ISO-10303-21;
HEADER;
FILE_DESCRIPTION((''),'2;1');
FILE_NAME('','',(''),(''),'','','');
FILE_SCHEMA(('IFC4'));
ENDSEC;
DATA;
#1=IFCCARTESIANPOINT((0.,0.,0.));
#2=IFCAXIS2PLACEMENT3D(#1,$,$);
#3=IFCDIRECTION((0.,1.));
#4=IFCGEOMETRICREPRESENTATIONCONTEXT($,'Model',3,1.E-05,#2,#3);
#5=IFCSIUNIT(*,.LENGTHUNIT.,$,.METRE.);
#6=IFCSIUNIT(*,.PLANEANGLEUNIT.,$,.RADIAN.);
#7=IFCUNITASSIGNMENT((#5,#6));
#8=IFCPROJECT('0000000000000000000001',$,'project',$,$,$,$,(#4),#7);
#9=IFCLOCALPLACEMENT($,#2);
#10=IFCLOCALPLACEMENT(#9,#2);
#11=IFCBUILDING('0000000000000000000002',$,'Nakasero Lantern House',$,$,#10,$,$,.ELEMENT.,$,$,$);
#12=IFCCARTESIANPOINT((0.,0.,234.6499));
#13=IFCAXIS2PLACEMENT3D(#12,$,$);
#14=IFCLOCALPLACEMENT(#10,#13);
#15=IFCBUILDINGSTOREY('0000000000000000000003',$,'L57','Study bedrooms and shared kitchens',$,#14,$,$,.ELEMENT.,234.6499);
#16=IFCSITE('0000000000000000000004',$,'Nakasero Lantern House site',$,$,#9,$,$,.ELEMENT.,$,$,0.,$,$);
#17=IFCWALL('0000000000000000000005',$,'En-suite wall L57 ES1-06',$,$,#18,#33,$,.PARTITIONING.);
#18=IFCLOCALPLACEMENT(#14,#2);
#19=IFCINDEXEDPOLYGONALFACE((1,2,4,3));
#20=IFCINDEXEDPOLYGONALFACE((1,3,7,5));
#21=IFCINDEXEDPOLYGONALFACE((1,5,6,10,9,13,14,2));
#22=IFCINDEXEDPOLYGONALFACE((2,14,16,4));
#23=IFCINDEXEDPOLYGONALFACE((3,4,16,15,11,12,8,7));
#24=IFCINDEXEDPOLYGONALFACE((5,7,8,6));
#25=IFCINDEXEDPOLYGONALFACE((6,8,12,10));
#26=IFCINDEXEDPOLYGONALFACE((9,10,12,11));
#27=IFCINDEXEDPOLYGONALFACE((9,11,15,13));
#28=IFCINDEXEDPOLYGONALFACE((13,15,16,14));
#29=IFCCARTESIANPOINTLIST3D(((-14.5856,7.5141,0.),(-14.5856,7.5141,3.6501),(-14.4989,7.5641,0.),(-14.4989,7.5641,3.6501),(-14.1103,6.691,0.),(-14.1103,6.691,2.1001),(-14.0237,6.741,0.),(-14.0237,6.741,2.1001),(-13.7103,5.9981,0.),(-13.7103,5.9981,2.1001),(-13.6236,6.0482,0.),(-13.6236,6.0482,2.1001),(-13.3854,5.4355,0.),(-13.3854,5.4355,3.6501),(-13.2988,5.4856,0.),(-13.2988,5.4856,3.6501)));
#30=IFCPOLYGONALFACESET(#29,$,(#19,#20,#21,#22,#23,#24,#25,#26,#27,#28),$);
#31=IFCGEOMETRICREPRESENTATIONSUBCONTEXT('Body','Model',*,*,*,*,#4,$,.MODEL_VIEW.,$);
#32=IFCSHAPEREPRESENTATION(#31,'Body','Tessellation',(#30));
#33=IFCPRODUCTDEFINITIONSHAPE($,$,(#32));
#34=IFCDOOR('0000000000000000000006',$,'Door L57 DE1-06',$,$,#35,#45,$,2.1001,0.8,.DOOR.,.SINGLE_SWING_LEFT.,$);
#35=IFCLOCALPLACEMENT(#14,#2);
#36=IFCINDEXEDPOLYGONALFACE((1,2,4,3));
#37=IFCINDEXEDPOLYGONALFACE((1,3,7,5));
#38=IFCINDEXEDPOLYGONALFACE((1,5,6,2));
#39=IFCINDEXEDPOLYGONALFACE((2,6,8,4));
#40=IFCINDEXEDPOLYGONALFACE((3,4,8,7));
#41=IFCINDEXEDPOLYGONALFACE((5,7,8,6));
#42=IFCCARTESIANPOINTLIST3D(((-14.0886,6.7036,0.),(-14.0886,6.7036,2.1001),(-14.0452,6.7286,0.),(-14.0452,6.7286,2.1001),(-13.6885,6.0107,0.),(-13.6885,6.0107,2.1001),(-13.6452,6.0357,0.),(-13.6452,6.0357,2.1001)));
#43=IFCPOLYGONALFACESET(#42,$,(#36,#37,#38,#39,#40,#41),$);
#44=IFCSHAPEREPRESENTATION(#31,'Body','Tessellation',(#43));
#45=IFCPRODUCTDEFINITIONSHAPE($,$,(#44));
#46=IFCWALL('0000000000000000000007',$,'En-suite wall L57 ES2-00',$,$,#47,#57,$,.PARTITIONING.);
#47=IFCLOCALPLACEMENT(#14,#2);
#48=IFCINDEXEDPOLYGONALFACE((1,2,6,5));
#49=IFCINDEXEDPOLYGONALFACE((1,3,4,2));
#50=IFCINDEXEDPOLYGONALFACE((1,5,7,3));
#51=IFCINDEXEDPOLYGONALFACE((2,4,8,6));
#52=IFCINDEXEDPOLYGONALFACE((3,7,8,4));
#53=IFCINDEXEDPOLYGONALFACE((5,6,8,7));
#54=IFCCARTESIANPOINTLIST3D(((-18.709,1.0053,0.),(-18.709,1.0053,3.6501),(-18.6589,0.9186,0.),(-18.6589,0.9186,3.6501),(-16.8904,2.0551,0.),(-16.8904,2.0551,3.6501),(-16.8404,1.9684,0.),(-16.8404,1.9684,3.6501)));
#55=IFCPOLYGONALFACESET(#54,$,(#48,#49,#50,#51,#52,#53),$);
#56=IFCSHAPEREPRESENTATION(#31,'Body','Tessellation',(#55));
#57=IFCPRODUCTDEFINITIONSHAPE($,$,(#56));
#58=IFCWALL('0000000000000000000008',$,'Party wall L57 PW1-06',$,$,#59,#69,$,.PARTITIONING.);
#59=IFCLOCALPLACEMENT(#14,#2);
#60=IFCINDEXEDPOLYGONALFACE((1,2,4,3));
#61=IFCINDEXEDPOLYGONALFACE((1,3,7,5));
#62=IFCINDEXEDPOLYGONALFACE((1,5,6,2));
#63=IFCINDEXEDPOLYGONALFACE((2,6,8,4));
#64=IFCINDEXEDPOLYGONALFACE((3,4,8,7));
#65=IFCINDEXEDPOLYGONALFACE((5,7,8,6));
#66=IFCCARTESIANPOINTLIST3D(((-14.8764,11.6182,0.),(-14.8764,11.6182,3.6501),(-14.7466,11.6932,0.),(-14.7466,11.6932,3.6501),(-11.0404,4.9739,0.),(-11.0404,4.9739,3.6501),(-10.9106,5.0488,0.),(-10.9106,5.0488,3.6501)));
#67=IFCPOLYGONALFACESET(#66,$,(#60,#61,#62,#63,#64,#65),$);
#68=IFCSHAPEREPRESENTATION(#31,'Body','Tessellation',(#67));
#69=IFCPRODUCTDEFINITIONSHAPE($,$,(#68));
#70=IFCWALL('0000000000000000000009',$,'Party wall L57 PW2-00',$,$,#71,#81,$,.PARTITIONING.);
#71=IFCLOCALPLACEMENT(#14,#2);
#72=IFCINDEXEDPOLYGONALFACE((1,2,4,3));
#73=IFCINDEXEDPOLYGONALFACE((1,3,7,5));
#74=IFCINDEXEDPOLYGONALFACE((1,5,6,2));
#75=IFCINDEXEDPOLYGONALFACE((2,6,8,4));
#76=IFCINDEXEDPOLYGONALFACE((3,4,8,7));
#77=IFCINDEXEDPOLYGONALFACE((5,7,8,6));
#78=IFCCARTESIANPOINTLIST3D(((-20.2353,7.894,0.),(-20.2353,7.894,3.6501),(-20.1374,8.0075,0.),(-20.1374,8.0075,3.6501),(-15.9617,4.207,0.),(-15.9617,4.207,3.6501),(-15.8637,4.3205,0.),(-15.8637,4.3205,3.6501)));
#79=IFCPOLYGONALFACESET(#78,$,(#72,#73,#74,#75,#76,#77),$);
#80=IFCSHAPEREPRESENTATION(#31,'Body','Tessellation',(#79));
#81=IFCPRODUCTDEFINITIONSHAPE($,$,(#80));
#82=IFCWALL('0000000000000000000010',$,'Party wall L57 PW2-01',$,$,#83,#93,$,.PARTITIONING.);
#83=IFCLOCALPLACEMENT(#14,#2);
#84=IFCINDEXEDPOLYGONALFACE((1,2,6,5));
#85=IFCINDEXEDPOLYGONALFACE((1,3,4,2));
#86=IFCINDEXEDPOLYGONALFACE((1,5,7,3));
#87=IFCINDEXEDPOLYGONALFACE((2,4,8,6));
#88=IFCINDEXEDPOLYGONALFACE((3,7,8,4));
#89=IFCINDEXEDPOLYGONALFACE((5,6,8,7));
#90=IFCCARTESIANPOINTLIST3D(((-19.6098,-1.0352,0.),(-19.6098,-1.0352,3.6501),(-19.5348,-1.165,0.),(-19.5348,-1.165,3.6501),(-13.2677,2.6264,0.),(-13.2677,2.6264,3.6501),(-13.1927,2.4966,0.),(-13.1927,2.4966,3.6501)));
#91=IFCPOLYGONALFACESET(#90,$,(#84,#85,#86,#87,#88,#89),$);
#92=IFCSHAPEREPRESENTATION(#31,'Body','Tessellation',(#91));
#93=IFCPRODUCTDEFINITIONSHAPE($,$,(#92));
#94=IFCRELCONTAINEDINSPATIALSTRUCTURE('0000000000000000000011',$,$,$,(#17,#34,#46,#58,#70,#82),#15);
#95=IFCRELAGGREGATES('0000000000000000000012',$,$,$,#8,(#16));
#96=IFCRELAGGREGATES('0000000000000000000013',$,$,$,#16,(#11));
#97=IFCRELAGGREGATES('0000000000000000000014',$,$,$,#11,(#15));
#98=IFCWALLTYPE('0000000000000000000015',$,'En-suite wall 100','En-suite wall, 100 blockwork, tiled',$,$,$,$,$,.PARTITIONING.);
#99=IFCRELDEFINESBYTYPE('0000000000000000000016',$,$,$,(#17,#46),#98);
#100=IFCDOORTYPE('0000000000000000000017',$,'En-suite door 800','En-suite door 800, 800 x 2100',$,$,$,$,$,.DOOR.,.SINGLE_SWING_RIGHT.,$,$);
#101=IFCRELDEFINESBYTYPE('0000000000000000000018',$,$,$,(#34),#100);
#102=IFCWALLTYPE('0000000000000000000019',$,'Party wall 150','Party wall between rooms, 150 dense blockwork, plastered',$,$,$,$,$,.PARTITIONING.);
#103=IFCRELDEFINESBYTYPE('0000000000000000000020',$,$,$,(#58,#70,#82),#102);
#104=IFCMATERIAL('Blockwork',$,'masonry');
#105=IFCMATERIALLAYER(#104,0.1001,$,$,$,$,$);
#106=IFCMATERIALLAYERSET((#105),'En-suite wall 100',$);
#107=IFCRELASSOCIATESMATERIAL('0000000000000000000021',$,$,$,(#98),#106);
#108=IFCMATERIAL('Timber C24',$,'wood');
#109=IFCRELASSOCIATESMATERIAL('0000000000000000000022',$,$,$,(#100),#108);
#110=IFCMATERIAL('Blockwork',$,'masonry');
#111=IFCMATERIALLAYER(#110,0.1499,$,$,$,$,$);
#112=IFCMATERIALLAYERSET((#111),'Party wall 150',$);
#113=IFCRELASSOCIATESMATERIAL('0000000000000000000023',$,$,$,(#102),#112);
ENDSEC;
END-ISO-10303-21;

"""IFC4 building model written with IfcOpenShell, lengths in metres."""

from ifc_helpers import new_model, si_unit, direction, frame, frame_2d, origin, place, context, subcontext, project, spatial, rectangle, extrude, material, layer, layer_set, type_object, element, fill, save


model = new_model("IFC4")

# Units and contexts
model_context = context("Model", 3, precision=1e-05, world=origin(), true_north=direction((0.0, 1.0)))
body_context = subcontext(model_context, "Body", "Model", "MODEL_VIEW")
ifc_project = project(units=[si_unit("LENGTHUNIT", "METRE"), si_unit("PLANEANGLEUNIT", "RADIAN")], contexts=[model_context])

# Site, building, storey
site_placement = place(None, origin())
site = spatial("IfcSite", under=ifc_project, at=site_placement, Name="Nakasero Lantern House site", CompositionType="ELEMENT", RefElevation=0.0)
building_placement = place(site_placement, origin())
building = spatial("IfcBuilding", under=site, at=building_placement, Name="Nakasero Lantern House", CompositionType="ELEMENT")
storey_placement = place(building_placement, frame((0.0, 0.0, 234.6499)))
storey = spatial("IfcBuildingStorey", under=building, at=storey_placement, Name="L57", Description="Study bedrooms and shared kitchens", CompositionType="ELEMENT", Elevation=234.6499)

# Wall, opening, door
ifc_material_1 = material(Name="Blockwork", Category="masonry")
ifc_layer_1 = layer(ifc_material_1, 0.1001)
ifc_layer_set_1 = layer_set([ifc_layer_1], Name="En-suite wall 100")
wall_type_1 = type_object("IfcWallType", Name="En-suite wall 100", Description="En-suite wall, 100 blockwork, tiled", PredefinedType="PARTITIONING", material=ifc_layer_set_1)
wall_1_placement = place(storey_placement, frame((-13.342, 5.4604, 0.0), z_axis=(0.0, 0.0, 1.0), x_axis=(-0.500034, 0.866006, 0.0)))
wall_1 = element("IfcWall", 1, at=wall_1_placement, inside=storey, type_object=wall_type_1, Name="En-suite wall L57 ES1-06", PredefinedType="PARTITIONING", context=body_context, shape_type="SweptSolid", body=[
    extrude(rectangle(XDim=2.4001, YDim=0.1001, at=frame_2d((1.2002, 0.0))), origin(), (0.0, 0.0, 1.0), 3.6501),
])
opening_1_placement = place(wall_1_placement, frame((0.6499, 0.0, 0.0)))
opening_1 = element("IfcOpeningElement", 2, at=opening_1_placement, cuts=wall_1, PredefinedType="OPENING", context=body_context, shape_type="SweptSolid", body=[
    extrude(rectangle(XDim=0.8, YDim=2.1001, at=frame_2d((0.3999, 1.05))), frame((0.0, 0.0701, 0.0), z_axis=(0.0, -1.0, 0.0), x_axis=(1.0, 0.0, 0.0)), (0.0, 0.0, 1.0), 0.1401),
])
ifc_material_2 = material(Name="Timber C24", Category="wood")
door_type_1 = type_object("IfcDoorType", Name="En-suite door 800", Description="En-suite door 800, 800 x 2100", OperationType="SINGLE_SWING_RIGHT", PredefinedType="DOOR", material=ifc_material_2)
door_1_placement = place(opening_1_placement, origin())
door_1 = element("IfcDoor", 3, at=door_1_placement, inside=storey, type_object=door_type_1, Name="Door L57 DE1-06", OperationType="SINGLE_SWING_LEFT", OverallHeight=2.1001, OverallWidth=0.8, PredefinedType="DOOR", context=body_context, shape_type="SweptSolid", body=[
    extrude(rectangle(XDim=0.8, YDim=2.1001, at=frame_2d((0.3999, 1.05))), frame((0.0, 0.0249, 0.0), z_axis=(0.0, -1.0, 0.0), x_axis=(1.0, 0.0, 0.0)), (0.0, 0.0, 1.0), 0.05),
])
fill(opening_1, door_1)

# Walls
wall_2_placement = place(storey_placement, frame((-16.8655, 2.0117, 0.0), z_axis=(0.0, 0.0, 1.0), x_axis=(-0.86606, -0.499941, 0.0)))
element("IfcWall", 4, at=wall_2_placement, inside=storey, type_object=wall_type_1, Name="En-suite wall L57 ES2-00", PredefinedType="PARTITIONING", context=body_context, shape_type="SweptSolid", body=[
    extrude(rectangle(XDim=2.0999, YDim=0.1001, at=frame_2d((1.0498, 0.0))), origin(), (0.0, 0.0, 1.0), 3.6501),
])
ifc_material_3 = material(Name="Blockwork", Category="masonry")
ifc_layer_2 = layer(ifc_material_3, 0.1499)
ifc_layer_set_2 = layer_set([ifc_layer_2], Name="Party wall 150")
wall_type_2 = type_object("IfcWallType", Name="Party wall 150", Description="Party wall between rooms, 150 dense blockwork, plastered", PredefinedType="PARTITIONING", material=ifc_layer_set_2)
wall_3_placement = place(storey_placement, frame((-10.9756, 5.0115, 0.0), z_axis=(0.0, 0.0, 1.0), x_axis=(-0.499986, 0.866034, 0.0)))
element("IfcWall", 5, at=wall_3_placement, inside=storey, type_object=wall_type_2, Name="Party wall L57 PW1-06", PredefinedType="PARTITIONING", context=body_context, shape_type="SweptSolid", body=[
    extrude(rectangle(XDim=7.6721, YDim=0.1499, at=frame_2d((3.8359, 0.0))), origin(), (0.0, 0.0, 1.0), 3.6501),
])
wall_4_placement = place(storey_placement, frame((-15.9126, 4.2637, 0.0), z_axis=(0.0, 0.0, 1.0), x_axis=(-0.757164, 0.653225, 0.0)))
element("IfcWall", 6, at=wall_4_placement, inside=storey, type_object=wall_type_2, Name="Party wall L57 PW2-00", PredefinedType="PARTITIONING", context=body_context, shape_type="SweptSolid", body=[
    extrude(rectangle(XDim=5.6443, YDim=0.1499, at=frame_2d((2.8223, 0.0))), origin(), (0.0, 0.0, 1.0), 3.6501),
])
wall_5_placement = place(storey_placement, frame((-13.2302, 2.5615, 0.0), z_axis=(0.0, 0.0, 1.0), x_axis=(-0.866023, -0.500004, 0.0)))
element("IfcWall", 7, at=wall_5_placement, inside=storey, type_object=wall_type_2, Name="Party wall L57 PW2-01", PredefinedType="PARTITIONING", context=body_context, shape_type="SweptSolid", body=[
    extrude(rectangle(XDim=7.3232, YDim=0.1499, at=frame_2d((3.6616, 0.0))), origin(), (0.0, 0.0, 1.0), 3.6501),
])

save(model, "model.ifc")
